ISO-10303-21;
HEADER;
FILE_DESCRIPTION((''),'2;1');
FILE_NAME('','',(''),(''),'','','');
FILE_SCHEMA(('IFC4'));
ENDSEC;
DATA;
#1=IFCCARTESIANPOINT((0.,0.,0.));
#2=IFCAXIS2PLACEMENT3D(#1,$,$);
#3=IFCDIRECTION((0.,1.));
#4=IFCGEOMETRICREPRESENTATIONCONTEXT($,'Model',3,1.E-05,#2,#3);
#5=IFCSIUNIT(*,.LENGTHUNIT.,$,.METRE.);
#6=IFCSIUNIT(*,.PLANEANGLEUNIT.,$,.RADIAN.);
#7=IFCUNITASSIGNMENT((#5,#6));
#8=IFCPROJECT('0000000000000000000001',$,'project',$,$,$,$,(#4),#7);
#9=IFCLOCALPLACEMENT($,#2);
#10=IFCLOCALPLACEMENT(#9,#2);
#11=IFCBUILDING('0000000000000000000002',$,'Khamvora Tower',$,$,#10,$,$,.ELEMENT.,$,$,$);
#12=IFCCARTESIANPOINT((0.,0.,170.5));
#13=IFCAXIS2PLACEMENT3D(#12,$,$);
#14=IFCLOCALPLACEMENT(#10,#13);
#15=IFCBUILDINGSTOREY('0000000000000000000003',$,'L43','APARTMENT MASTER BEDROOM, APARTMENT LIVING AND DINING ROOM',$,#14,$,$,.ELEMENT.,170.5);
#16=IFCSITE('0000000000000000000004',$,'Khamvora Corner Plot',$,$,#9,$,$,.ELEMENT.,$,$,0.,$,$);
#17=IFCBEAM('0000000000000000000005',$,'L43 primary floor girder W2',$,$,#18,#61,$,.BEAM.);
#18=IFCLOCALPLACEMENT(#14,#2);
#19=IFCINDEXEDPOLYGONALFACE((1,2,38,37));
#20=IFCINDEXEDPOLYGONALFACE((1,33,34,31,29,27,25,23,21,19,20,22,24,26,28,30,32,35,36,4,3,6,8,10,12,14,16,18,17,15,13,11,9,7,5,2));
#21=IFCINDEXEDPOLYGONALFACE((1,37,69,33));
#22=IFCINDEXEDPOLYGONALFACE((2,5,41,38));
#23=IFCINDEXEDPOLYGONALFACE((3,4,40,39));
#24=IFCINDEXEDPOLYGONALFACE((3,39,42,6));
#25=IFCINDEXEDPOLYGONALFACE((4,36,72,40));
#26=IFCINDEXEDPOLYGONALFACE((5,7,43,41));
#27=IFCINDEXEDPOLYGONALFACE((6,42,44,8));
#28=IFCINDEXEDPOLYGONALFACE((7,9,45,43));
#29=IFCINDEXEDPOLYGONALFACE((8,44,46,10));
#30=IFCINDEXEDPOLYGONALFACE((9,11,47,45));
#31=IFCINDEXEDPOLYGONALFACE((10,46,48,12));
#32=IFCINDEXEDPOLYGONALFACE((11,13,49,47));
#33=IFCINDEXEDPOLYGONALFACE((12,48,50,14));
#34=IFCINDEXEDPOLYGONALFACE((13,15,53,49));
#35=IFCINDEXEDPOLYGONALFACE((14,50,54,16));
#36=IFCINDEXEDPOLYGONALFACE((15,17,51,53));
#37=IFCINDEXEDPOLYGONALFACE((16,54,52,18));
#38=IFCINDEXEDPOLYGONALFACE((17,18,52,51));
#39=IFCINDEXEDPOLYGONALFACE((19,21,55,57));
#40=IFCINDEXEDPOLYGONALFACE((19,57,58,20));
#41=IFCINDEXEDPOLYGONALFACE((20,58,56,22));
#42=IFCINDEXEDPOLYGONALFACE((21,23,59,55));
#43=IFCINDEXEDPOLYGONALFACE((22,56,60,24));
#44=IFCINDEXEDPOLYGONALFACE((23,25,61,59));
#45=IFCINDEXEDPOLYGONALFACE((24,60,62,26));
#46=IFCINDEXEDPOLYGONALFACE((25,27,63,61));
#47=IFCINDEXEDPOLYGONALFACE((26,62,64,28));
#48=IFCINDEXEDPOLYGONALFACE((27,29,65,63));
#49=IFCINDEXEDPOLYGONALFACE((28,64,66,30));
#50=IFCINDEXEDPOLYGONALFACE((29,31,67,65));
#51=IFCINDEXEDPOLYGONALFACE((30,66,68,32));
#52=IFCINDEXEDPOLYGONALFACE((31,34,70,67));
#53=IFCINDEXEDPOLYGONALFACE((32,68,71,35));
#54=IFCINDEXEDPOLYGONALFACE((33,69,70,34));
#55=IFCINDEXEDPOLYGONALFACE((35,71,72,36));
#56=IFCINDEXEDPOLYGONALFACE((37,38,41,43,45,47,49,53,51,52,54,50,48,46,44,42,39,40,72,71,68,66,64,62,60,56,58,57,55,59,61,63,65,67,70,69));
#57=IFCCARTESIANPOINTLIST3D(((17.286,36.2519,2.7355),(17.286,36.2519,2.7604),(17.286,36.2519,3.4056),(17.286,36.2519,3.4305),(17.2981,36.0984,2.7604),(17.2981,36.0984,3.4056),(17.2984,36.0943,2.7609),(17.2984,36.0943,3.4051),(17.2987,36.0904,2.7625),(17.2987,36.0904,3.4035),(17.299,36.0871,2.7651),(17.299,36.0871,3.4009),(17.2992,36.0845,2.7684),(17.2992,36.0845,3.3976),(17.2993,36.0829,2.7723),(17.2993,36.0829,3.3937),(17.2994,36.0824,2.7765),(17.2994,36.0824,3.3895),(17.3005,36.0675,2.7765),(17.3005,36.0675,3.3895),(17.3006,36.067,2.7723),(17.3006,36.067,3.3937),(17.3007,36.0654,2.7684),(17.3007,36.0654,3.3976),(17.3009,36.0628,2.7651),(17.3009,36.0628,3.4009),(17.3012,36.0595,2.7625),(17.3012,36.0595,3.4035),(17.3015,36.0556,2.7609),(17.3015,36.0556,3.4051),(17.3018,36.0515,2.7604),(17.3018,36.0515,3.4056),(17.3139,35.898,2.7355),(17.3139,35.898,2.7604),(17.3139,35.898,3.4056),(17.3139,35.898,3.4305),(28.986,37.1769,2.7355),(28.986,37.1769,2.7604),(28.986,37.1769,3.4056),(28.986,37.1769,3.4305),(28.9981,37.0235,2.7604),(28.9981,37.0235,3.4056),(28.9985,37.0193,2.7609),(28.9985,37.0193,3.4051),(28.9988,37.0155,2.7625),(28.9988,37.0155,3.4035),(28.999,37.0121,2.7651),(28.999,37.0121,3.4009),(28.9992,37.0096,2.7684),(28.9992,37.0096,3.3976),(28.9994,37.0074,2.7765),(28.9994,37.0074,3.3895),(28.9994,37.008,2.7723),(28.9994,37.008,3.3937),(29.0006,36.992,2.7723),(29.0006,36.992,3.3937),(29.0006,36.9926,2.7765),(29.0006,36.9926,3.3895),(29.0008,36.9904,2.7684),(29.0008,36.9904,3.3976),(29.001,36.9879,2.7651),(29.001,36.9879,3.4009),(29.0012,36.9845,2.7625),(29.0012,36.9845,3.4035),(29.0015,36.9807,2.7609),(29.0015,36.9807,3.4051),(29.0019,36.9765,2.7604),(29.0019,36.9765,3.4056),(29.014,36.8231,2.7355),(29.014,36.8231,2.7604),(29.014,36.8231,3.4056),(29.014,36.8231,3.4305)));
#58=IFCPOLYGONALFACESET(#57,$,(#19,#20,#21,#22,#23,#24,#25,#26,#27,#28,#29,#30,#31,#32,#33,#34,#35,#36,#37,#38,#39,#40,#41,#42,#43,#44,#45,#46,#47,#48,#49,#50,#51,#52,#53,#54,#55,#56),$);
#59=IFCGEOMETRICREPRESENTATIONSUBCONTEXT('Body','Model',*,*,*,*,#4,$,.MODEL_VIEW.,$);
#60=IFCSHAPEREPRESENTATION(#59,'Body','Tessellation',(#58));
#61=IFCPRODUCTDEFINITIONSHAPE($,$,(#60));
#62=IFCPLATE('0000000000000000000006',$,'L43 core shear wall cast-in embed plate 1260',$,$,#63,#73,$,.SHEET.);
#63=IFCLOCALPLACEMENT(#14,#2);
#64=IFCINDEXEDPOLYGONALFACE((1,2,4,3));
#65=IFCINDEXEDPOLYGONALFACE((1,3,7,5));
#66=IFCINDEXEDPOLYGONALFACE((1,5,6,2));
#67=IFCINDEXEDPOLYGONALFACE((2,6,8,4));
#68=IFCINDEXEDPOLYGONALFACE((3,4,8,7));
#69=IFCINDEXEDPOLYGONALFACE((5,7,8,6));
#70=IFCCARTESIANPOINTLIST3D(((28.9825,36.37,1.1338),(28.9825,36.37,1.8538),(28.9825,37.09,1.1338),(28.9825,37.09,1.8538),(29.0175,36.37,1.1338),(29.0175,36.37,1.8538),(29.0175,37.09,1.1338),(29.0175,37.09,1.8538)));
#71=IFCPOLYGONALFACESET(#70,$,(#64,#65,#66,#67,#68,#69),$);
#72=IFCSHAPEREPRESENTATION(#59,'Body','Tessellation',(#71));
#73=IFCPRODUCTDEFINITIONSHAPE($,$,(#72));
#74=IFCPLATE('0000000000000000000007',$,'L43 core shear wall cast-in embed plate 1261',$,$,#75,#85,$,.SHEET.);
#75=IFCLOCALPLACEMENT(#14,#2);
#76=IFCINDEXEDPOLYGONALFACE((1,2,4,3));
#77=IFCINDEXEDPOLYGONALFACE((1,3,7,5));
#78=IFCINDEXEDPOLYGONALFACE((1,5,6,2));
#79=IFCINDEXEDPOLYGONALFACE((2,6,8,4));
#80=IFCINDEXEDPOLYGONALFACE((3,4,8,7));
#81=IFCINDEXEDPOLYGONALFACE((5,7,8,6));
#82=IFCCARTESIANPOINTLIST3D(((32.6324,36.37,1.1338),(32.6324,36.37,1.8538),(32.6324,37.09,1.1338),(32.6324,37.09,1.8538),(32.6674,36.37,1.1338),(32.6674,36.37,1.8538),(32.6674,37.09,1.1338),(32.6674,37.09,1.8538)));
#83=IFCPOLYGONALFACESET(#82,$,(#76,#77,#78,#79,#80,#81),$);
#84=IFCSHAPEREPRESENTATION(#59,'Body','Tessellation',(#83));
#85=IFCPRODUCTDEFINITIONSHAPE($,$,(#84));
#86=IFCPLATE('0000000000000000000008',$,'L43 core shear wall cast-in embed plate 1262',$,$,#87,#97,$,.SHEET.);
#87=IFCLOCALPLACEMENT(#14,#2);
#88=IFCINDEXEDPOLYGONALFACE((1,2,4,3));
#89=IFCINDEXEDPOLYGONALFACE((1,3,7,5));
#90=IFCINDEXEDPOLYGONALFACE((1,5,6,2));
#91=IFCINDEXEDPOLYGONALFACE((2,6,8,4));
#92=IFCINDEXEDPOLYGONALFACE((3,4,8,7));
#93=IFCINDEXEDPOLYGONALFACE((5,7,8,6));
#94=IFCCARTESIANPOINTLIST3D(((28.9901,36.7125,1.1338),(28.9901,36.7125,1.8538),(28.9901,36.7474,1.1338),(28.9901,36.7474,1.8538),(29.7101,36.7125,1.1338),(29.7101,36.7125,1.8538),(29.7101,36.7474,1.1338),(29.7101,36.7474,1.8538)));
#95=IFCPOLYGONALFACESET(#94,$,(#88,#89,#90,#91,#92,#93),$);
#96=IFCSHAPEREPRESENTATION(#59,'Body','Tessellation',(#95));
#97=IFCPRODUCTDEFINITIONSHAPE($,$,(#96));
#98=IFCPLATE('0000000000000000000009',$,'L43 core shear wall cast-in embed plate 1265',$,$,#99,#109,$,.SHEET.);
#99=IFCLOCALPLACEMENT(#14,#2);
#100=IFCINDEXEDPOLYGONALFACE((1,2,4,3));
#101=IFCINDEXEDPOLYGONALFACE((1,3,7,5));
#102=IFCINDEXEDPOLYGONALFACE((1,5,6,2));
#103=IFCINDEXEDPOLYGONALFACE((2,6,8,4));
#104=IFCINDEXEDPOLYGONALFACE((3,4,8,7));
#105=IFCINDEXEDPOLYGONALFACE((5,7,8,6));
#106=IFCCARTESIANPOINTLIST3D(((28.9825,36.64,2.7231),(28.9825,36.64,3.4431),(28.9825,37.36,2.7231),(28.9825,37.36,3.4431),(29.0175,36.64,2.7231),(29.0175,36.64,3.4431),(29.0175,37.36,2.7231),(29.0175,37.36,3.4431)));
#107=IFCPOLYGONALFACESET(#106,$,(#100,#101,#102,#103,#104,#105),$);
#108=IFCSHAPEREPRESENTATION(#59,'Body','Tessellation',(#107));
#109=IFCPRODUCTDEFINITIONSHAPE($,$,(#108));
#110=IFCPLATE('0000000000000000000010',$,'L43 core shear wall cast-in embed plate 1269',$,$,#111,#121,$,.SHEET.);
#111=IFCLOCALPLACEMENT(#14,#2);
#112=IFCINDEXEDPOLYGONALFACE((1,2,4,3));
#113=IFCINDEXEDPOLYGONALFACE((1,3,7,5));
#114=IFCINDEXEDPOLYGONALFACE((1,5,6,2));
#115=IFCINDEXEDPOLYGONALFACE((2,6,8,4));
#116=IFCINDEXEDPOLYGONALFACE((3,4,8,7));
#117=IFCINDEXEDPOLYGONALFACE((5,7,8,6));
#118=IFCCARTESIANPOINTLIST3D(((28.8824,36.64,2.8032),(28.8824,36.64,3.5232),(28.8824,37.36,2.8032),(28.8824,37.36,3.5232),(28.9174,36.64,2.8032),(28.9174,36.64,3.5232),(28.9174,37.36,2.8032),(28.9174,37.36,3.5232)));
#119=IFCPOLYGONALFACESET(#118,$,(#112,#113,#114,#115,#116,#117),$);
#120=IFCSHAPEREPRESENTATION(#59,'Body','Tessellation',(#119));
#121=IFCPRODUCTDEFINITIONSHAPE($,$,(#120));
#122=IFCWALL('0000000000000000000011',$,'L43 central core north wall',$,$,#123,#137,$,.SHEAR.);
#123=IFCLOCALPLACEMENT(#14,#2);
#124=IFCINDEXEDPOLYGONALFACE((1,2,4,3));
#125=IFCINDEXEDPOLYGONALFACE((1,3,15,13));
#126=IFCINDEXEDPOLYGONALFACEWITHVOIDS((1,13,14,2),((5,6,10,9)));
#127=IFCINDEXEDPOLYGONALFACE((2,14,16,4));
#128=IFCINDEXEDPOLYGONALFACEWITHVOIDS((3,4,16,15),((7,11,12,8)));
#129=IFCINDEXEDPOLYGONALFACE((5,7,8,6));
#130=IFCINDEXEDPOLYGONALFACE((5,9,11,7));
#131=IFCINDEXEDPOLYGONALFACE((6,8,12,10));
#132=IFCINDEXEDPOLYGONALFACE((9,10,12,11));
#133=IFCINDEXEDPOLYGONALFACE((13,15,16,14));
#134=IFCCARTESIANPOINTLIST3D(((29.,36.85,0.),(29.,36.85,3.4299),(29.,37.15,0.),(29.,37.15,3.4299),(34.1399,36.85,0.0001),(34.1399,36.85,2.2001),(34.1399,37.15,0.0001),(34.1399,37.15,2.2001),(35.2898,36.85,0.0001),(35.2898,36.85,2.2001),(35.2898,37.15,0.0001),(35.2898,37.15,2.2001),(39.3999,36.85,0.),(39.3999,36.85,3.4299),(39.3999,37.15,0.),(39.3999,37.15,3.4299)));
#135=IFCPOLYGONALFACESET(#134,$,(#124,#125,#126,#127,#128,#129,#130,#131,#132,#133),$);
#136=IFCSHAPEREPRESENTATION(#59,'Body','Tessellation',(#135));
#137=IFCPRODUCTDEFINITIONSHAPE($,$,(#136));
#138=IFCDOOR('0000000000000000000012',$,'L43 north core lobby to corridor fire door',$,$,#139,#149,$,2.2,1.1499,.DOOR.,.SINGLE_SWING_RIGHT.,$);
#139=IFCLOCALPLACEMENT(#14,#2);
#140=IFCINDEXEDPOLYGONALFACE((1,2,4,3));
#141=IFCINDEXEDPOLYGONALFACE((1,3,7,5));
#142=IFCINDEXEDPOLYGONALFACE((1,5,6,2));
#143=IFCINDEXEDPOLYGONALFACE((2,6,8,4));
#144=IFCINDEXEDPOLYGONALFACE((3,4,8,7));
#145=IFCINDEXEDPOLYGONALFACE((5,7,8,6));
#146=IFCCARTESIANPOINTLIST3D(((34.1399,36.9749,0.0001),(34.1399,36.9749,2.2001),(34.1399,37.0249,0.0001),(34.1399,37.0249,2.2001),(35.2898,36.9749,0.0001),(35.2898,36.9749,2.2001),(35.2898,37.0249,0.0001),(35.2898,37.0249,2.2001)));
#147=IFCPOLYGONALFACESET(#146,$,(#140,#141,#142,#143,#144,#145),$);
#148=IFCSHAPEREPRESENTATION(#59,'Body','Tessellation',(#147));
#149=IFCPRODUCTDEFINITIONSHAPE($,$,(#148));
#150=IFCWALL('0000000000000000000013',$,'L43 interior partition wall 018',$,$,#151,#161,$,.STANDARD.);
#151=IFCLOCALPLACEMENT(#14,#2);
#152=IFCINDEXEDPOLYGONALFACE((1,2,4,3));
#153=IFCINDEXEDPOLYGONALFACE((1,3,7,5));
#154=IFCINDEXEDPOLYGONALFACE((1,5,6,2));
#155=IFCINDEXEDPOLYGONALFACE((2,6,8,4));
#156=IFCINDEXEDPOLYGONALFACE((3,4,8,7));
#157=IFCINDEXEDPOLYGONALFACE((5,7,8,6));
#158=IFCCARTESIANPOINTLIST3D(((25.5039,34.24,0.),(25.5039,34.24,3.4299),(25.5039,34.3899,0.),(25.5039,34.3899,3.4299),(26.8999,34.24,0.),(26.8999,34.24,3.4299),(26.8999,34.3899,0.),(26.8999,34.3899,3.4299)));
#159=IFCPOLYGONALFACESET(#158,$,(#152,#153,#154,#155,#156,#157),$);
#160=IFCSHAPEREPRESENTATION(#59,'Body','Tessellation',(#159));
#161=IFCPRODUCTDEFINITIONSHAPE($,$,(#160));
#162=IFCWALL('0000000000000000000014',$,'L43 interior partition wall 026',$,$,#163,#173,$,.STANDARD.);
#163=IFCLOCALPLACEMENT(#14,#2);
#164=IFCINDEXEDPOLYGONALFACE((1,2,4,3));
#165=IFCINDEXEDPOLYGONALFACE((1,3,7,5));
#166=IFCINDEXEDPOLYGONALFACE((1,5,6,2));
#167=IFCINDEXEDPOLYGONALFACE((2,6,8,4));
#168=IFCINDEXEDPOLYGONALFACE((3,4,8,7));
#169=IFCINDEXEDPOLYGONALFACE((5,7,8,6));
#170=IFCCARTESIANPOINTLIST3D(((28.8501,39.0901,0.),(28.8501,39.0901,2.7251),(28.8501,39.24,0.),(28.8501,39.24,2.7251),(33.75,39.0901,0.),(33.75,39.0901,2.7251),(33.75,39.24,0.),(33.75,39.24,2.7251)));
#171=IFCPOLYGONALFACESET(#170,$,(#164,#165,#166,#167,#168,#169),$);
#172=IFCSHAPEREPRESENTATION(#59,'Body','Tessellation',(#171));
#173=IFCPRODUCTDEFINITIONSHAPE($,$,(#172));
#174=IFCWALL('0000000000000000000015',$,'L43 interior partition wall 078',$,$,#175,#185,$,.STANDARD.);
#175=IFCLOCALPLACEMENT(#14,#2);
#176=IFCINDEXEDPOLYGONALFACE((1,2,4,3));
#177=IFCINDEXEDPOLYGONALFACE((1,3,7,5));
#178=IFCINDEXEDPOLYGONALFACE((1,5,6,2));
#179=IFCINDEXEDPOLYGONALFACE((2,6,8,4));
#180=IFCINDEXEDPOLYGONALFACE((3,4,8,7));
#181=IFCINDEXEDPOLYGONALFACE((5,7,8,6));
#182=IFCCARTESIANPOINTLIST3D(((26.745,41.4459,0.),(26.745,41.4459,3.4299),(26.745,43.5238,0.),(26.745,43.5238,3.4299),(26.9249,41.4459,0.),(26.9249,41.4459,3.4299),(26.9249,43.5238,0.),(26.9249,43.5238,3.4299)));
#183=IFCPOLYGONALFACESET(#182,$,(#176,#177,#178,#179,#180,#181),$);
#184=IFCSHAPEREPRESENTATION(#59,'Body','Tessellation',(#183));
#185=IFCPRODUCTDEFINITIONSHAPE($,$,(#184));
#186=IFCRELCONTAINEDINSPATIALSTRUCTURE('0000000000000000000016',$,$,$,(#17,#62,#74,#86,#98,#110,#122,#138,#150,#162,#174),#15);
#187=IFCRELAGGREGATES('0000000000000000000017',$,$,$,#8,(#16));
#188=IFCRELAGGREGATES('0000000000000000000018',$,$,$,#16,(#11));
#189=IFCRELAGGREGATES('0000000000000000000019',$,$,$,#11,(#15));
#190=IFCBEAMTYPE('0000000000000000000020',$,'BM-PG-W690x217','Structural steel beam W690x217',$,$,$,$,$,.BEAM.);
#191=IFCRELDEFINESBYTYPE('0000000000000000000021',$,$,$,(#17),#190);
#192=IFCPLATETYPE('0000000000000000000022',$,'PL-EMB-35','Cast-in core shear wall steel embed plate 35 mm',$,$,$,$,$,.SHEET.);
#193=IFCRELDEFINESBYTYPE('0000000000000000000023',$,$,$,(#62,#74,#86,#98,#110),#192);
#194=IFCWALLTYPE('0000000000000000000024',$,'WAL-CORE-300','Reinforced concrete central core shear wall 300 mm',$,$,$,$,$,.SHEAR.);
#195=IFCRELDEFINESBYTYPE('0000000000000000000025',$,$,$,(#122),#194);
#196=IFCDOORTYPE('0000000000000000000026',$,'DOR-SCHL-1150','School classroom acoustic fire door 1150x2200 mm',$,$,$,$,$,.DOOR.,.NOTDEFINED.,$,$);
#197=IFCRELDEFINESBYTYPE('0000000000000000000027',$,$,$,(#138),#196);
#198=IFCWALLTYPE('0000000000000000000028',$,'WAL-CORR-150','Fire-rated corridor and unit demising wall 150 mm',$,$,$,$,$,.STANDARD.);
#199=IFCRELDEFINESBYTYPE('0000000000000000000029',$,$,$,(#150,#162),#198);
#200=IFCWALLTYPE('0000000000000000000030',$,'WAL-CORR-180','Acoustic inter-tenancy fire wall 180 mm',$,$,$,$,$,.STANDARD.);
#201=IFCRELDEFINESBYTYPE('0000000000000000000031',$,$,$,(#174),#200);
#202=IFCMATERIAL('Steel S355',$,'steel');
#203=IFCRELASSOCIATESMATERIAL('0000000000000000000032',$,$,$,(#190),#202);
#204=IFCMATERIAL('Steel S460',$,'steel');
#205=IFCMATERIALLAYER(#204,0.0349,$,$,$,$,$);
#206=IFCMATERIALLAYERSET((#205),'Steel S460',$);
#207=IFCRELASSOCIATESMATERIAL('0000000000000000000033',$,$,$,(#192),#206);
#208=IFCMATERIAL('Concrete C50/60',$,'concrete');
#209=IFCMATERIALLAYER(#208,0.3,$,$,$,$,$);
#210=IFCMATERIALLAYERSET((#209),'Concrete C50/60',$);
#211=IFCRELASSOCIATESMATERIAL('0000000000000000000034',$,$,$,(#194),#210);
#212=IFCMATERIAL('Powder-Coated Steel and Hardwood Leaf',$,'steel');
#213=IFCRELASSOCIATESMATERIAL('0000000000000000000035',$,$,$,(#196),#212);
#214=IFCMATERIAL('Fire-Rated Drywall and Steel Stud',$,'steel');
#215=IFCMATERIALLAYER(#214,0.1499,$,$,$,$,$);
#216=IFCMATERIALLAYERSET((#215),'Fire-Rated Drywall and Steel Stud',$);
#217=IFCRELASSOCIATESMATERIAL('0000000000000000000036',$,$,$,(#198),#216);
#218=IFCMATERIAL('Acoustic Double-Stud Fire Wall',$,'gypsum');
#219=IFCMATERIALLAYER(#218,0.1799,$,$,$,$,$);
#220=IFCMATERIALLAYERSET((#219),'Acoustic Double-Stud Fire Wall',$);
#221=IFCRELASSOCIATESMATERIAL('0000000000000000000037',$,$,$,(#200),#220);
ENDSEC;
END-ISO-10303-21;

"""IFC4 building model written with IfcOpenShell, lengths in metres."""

from ifc_helpers import new_model, si_unit, direction, frame, frame_2d, origin, origin_2d, place, context, subcontext, project, spatial, rectangle, i_section, extrude, material, layer, layer_set, material_profile, profile_set, type_object, element, fill, save


model = new_model("IFC4")

# Units and contexts
model_context = context("Model", 3, precision=1e-05, world=origin(), true_north=direction((0.0, 1.0)))
body_context = subcontext(model_context, "Body", "Model", "MODEL_VIEW")
ifc_project = project(units=[si_unit("LENGTHUNIT", "METRE"), si_unit("PLANEANGLEUNIT", "RADIAN")], contexts=[model_context])

# Site, building, storey
site_placement = place(None, origin())
site = spatial("IfcSite", under=ifc_project, at=site_placement, Name="Khamvora Corner Plot", CompositionType="ELEMENT", RefElevation=0.0)
building_placement = place(site_placement, origin())
building = spatial("IfcBuilding", under=site, at=building_placement, Name="Khamvora Tower", CompositionType="ELEMENT")
storey_placement = place(building_placement, frame((0.0, 0.0, 170.5)))
storey = spatial("IfcBuildingStorey", under=building, at=storey_placement, Name="L43", Description="APARTMENT MASTER BEDROOM, APARTMENT LIVING AND DINING ROOM", CompositionType="ELEMENT", Elevation=170.5)

# Shared definitions
ifc_material_1 = material(Name="Steel S460", Category="steel")

# Beam
ifc_material_2 = material(Name="Steel S355", Category="steel")
ifc_material_profile_1 = material_profile(ifc_material_2, i_section(OverallWidth=0.355, OverallDepth=0.6951, WebThickness=0.0149, FlangeThickness=0.0249, FilletRadius=0.0161, at=origin_2d()), Name="W690x217")
ifc_profile_set_1 = profile_set([ifc_material_profile_1], Name="Steel S355")
beam_type_1 = type_object("IfcBeamType", Name="BM-PG-W690x217", Description="Structural steel beam W690x217", PredefinedType="BEAM", material=ifc_profile_set_1)
beam_1_placement = place(storey_placement, frame((29.0, 37.0, 3.083), z_axis=(-0.996889, -0.078818, 0.0), x_axis=(0.078818, -0.996889, 0.0)))
element("IfcBeam", 1, at=beam_1_placement, inside=storey, type_object=beam_type_1, Name="L43 primary floor girder W2", PredefinedType="BEAM", context=body_context, shape_type="SweptSolid", body=[
    extrude(i_section(OverallWidth=0.355, OverallDepth=0.6951, WebThickness=0.0149, FlangeThickness=0.0249, FilletRadius=0.0161, at=origin_2d()), origin(), (0.0, 0.0, 1.0), 11.7366),
])

# Plates
ifc_layer_1 = layer(ifc_material_1, 0.0349)
ifc_layer_set_1 = layer_set([ifc_layer_1], Name="Steel S460")
plate_type = type_object("IfcPlateType", Name="PL-EMB-35", Description="Cast-in core shear wall steel embed plate 35 mm", PredefinedType="SHEET", material=ifc_layer_set_1)
for number, where, z_axis, x_axis, name in (
    (2, (29.0, 36.73, 1.1338), (0.0, 0.0, 1.0), (1.0, 0.0, 0.0), "L43 core shear wall cast-in embed plate 1260"),
    (3, (32.6499, 36.73, 1.1338), (0.0, 0.0, 1.0), (1.0, 0.0, 0.0), "L43 core shear wall cast-in embed plate 1261"),
):
    element("IfcPlate", number, at=place(storey_placement, frame(where, z_axis=z_axis, x_axis=x_axis)), inside=storey, type_object=plate_type, Name=name, PredefinedType="SHEET", context=body_context, shape_type="SweptSolid", body=[
        extrude(rectangle(XDim=0.0349, YDim=0.72, at=origin_2d()), origin(), (0.0, 0.0, 1.0), 0.72),
    ])
plate_placement = place(storey_placement, frame((29.3501, 36.73, 1.1338), z_axis=(0.0, 0.0, 1.0), x_axis=(1.0, 0.0, 0.0)))
element("IfcPlate", 4, at=plate_placement, inside=storey, type_object=plate_type, Name="L43 core shear wall cast-in embed plate 1262", PredefinedType="SHEET", context=body_context, shape_type="SweptSolid", body=[
    extrude(rectangle(XDim=0.72, YDim=0.0349, at=origin_2d()), origin(), (0.0, 0.0, 1.0), 0.72),
])
for number, where, z_axis, x_axis, name in (
    (5, (29.0, 37.0, 2.7231), (0.0, 0.0, 1.0), (1.0, 0.0, 0.0), "L43 core shear wall cast-in embed plate 1265"),
    (6, (28.8999, 37.0, 2.8032), (0.0, 0.0, 1.0), (1.0, 0.0, 0.0), "L43 core shear wall cast-in embed plate 1269"),
):
    element("IfcPlate", number, at=place(storey_placement, frame(where, z_axis=z_axis, x_axis=x_axis)), inside=storey, type_object=plate_type, Name=name, PredefinedType="SHEET", context=body_context, shape_type="SweptSolid", body=[
        extrude(rectangle(XDim=0.0349, YDim=0.72, at=origin_2d()), origin(), (0.0, 0.0, 1.0), 0.72),
    ])

# Wall, opening, door
ifc_material_3 = material(Name="Concrete C50/60", Category="concrete")
ifc_layer_2 = layer(ifc_material_3, 0.3)
ifc_layer_set_2 = layer_set([ifc_layer_2], Name="Concrete C50/60")
wall_type_1 = type_object("IfcWallType", Name="WAL-CORE-300", Description="Reinforced concrete central core shear wall 300 mm", PredefinedType="SHEAR", material=ifc_layer_set_2)
wall_1_placement = place(storey_placement, frame((29.0, 37.0, 0.0), z_axis=(0.0, 0.0, 1.0), x_axis=(1.0, 0.0, 0.0)))
wall_1 = element("IfcWall", 7, at=wall_1_placement, inside=storey, type_object=wall_type_1, Name="L43 central core north wall", PredefinedType="SHEAR", context=body_context, shape_type="SweptSolid", body=[
    extrude(rectangle(XDim=10.3999, YDim=0.3, at=frame_2d((5.2, 0.0))), origin(), (0.0, 0.0, 1.0), 3.4299),
])
opening_1_placement = place(wall_1_placement, frame((5.1399, 0.0, 0.0)))
opening_1 = element("IfcOpeningElement", 8, at=opening_1_placement, cuts=wall_1, PredefinedType="OPENING", context=body_context, shape_type="SweptSolid", body=[
    extrude(rectangle(XDim=1.1499, YDim=2.2, at=frame_2d((0.575, 1.1001))), frame((0.0, 0.1599, 0.0), z_axis=(0.0, -1.0, 0.0), x_axis=(1.0, 0.0, 0.0)), (0.0, 0.0, 1.0), 0.3201),
])
ifc_material_4 = material(Name="Powder-Coated Steel and Hardwood Leaf", Category="steel")
door_type_1 = type_object("IfcDoorType", Name="DOR-SCHL-1150", Description="School classroom acoustic fire door 1150x2200 mm", OperationType="NOTDEFINED", PredefinedType="DOOR", material=ifc_material_4)
door_1_placement = place(opening_1_placement, origin())
door_1 = element("IfcDoor", 9, at=door_1_placement, inside=storey, type_object=door_type_1, Name="L43 north core lobby to corridor fire door", OperationType="SINGLE_SWING_RIGHT", OverallHeight=2.2, OverallWidth=1.1499, PredefinedType="DOOR", context=body_context, shape_type="SweptSolid", body=[
    extrude(rectangle(XDim=1.1499, YDim=2.2, at=frame_2d((0.575, 1.1001))), frame((0.0, 0.0249, 0.0), z_axis=(0.0, -1.0, 0.0), x_axis=(1.0, 0.0, 0.0)), (0.0, 0.0, 1.0), 0.05),
])
fill(opening_1, door_1)

# Walls
ifc_material_5 = material(Name="Fire-Rated Drywall and Steel Stud", Category="steel")
ifc_layer_3 = layer(ifc_material_5, 0.1499)
ifc_layer_set_3 = layer_set([ifc_layer_3], Name="Fire-Rated Drywall and Steel Stud")
wall_type_2 = type_object("IfcWallType", Name="WAL-CORR-150", Description="Fire-rated corridor and unit demising wall 150 mm", PredefinedType="STANDARD", material=ifc_layer_set_3)
wall_2_placement = place(storey_placement, frame((25.5039, 34.3149, 0.0), z_axis=(0.0, 0.0, 1.0), x_axis=(1.0, 0.0, 0.0)))
element("IfcWall", 10, at=wall_2_placement, inside=storey, type_object=wall_type_2, Name="L43 interior partition wall 018", PredefinedType="STANDARD", context=body_context, shape_type="SweptSolid", body=[
    extrude(rectangle(XDim=1.396, YDim=0.1499, at=frame_2d((0.698, 0.0))), origin(), (0.0, 0.0, 1.0), 3.4299),
])
wall_3_placement = place(storey_placement, frame((28.8501, 39.165, 0.0), z_axis=(0.0, 0.0, 1.0), x_axis=(1.0, 0.0, 0.0)))
element("IfcWall", 11, at=wall_3_placement, inside=storey, type_object=wall_type_2, Name="L43 interior partition wall 026", PredefinedType="STANDARD", context=body_context, shape_type="SweptSolid", body=[
    extrude(rectangle(XDim=4.8999, YDim=0.1499, at=frame_2d((2.45, 0.0))), origin(), (0.0, 0.0, 1.0), 2.7251),
])
ifc_material_6 = material(Name="Acoustic Double-Stud Fire Wall", Category="gypsum")
ifc_layer_4 = layer(ifc_material_6, 0.1799)
ifc_layer_set_4 = layer_set([ifc_layer_4], Name="Acoustic Double-Stud Fire Wall")
wall_type_3 = type_object("IfcWallType", Name="WAL-CORR-180", Description="Acoustic inter-tenancy fire wall 180 mm", PredefinedType="STANDARD", material=ifc_layer_set_4)
wall_4_placement = place(storey_placement, frame((26.835, 43.5239, 0.0), z_axis=(0.0, 0.0, 1.0), x_axis=(0.0, -1.0, 0.0)))
element("IfcWall", 12, at=wall_4_placement, inside=storey, type_object=wall_type_3, Name="L43 interior partition wall 078", PredefinedType="STANDARD", context=body_context, shape_type="SweptSolid", body=[
    extrude(rectangle(XDim=2.0779, YDim=0.1799, at=frame_2d((1.0391, 0.0))), origin(), (0.0, 0.0, 1.0), 3.4299),
])

save(model, "model.ifc")
